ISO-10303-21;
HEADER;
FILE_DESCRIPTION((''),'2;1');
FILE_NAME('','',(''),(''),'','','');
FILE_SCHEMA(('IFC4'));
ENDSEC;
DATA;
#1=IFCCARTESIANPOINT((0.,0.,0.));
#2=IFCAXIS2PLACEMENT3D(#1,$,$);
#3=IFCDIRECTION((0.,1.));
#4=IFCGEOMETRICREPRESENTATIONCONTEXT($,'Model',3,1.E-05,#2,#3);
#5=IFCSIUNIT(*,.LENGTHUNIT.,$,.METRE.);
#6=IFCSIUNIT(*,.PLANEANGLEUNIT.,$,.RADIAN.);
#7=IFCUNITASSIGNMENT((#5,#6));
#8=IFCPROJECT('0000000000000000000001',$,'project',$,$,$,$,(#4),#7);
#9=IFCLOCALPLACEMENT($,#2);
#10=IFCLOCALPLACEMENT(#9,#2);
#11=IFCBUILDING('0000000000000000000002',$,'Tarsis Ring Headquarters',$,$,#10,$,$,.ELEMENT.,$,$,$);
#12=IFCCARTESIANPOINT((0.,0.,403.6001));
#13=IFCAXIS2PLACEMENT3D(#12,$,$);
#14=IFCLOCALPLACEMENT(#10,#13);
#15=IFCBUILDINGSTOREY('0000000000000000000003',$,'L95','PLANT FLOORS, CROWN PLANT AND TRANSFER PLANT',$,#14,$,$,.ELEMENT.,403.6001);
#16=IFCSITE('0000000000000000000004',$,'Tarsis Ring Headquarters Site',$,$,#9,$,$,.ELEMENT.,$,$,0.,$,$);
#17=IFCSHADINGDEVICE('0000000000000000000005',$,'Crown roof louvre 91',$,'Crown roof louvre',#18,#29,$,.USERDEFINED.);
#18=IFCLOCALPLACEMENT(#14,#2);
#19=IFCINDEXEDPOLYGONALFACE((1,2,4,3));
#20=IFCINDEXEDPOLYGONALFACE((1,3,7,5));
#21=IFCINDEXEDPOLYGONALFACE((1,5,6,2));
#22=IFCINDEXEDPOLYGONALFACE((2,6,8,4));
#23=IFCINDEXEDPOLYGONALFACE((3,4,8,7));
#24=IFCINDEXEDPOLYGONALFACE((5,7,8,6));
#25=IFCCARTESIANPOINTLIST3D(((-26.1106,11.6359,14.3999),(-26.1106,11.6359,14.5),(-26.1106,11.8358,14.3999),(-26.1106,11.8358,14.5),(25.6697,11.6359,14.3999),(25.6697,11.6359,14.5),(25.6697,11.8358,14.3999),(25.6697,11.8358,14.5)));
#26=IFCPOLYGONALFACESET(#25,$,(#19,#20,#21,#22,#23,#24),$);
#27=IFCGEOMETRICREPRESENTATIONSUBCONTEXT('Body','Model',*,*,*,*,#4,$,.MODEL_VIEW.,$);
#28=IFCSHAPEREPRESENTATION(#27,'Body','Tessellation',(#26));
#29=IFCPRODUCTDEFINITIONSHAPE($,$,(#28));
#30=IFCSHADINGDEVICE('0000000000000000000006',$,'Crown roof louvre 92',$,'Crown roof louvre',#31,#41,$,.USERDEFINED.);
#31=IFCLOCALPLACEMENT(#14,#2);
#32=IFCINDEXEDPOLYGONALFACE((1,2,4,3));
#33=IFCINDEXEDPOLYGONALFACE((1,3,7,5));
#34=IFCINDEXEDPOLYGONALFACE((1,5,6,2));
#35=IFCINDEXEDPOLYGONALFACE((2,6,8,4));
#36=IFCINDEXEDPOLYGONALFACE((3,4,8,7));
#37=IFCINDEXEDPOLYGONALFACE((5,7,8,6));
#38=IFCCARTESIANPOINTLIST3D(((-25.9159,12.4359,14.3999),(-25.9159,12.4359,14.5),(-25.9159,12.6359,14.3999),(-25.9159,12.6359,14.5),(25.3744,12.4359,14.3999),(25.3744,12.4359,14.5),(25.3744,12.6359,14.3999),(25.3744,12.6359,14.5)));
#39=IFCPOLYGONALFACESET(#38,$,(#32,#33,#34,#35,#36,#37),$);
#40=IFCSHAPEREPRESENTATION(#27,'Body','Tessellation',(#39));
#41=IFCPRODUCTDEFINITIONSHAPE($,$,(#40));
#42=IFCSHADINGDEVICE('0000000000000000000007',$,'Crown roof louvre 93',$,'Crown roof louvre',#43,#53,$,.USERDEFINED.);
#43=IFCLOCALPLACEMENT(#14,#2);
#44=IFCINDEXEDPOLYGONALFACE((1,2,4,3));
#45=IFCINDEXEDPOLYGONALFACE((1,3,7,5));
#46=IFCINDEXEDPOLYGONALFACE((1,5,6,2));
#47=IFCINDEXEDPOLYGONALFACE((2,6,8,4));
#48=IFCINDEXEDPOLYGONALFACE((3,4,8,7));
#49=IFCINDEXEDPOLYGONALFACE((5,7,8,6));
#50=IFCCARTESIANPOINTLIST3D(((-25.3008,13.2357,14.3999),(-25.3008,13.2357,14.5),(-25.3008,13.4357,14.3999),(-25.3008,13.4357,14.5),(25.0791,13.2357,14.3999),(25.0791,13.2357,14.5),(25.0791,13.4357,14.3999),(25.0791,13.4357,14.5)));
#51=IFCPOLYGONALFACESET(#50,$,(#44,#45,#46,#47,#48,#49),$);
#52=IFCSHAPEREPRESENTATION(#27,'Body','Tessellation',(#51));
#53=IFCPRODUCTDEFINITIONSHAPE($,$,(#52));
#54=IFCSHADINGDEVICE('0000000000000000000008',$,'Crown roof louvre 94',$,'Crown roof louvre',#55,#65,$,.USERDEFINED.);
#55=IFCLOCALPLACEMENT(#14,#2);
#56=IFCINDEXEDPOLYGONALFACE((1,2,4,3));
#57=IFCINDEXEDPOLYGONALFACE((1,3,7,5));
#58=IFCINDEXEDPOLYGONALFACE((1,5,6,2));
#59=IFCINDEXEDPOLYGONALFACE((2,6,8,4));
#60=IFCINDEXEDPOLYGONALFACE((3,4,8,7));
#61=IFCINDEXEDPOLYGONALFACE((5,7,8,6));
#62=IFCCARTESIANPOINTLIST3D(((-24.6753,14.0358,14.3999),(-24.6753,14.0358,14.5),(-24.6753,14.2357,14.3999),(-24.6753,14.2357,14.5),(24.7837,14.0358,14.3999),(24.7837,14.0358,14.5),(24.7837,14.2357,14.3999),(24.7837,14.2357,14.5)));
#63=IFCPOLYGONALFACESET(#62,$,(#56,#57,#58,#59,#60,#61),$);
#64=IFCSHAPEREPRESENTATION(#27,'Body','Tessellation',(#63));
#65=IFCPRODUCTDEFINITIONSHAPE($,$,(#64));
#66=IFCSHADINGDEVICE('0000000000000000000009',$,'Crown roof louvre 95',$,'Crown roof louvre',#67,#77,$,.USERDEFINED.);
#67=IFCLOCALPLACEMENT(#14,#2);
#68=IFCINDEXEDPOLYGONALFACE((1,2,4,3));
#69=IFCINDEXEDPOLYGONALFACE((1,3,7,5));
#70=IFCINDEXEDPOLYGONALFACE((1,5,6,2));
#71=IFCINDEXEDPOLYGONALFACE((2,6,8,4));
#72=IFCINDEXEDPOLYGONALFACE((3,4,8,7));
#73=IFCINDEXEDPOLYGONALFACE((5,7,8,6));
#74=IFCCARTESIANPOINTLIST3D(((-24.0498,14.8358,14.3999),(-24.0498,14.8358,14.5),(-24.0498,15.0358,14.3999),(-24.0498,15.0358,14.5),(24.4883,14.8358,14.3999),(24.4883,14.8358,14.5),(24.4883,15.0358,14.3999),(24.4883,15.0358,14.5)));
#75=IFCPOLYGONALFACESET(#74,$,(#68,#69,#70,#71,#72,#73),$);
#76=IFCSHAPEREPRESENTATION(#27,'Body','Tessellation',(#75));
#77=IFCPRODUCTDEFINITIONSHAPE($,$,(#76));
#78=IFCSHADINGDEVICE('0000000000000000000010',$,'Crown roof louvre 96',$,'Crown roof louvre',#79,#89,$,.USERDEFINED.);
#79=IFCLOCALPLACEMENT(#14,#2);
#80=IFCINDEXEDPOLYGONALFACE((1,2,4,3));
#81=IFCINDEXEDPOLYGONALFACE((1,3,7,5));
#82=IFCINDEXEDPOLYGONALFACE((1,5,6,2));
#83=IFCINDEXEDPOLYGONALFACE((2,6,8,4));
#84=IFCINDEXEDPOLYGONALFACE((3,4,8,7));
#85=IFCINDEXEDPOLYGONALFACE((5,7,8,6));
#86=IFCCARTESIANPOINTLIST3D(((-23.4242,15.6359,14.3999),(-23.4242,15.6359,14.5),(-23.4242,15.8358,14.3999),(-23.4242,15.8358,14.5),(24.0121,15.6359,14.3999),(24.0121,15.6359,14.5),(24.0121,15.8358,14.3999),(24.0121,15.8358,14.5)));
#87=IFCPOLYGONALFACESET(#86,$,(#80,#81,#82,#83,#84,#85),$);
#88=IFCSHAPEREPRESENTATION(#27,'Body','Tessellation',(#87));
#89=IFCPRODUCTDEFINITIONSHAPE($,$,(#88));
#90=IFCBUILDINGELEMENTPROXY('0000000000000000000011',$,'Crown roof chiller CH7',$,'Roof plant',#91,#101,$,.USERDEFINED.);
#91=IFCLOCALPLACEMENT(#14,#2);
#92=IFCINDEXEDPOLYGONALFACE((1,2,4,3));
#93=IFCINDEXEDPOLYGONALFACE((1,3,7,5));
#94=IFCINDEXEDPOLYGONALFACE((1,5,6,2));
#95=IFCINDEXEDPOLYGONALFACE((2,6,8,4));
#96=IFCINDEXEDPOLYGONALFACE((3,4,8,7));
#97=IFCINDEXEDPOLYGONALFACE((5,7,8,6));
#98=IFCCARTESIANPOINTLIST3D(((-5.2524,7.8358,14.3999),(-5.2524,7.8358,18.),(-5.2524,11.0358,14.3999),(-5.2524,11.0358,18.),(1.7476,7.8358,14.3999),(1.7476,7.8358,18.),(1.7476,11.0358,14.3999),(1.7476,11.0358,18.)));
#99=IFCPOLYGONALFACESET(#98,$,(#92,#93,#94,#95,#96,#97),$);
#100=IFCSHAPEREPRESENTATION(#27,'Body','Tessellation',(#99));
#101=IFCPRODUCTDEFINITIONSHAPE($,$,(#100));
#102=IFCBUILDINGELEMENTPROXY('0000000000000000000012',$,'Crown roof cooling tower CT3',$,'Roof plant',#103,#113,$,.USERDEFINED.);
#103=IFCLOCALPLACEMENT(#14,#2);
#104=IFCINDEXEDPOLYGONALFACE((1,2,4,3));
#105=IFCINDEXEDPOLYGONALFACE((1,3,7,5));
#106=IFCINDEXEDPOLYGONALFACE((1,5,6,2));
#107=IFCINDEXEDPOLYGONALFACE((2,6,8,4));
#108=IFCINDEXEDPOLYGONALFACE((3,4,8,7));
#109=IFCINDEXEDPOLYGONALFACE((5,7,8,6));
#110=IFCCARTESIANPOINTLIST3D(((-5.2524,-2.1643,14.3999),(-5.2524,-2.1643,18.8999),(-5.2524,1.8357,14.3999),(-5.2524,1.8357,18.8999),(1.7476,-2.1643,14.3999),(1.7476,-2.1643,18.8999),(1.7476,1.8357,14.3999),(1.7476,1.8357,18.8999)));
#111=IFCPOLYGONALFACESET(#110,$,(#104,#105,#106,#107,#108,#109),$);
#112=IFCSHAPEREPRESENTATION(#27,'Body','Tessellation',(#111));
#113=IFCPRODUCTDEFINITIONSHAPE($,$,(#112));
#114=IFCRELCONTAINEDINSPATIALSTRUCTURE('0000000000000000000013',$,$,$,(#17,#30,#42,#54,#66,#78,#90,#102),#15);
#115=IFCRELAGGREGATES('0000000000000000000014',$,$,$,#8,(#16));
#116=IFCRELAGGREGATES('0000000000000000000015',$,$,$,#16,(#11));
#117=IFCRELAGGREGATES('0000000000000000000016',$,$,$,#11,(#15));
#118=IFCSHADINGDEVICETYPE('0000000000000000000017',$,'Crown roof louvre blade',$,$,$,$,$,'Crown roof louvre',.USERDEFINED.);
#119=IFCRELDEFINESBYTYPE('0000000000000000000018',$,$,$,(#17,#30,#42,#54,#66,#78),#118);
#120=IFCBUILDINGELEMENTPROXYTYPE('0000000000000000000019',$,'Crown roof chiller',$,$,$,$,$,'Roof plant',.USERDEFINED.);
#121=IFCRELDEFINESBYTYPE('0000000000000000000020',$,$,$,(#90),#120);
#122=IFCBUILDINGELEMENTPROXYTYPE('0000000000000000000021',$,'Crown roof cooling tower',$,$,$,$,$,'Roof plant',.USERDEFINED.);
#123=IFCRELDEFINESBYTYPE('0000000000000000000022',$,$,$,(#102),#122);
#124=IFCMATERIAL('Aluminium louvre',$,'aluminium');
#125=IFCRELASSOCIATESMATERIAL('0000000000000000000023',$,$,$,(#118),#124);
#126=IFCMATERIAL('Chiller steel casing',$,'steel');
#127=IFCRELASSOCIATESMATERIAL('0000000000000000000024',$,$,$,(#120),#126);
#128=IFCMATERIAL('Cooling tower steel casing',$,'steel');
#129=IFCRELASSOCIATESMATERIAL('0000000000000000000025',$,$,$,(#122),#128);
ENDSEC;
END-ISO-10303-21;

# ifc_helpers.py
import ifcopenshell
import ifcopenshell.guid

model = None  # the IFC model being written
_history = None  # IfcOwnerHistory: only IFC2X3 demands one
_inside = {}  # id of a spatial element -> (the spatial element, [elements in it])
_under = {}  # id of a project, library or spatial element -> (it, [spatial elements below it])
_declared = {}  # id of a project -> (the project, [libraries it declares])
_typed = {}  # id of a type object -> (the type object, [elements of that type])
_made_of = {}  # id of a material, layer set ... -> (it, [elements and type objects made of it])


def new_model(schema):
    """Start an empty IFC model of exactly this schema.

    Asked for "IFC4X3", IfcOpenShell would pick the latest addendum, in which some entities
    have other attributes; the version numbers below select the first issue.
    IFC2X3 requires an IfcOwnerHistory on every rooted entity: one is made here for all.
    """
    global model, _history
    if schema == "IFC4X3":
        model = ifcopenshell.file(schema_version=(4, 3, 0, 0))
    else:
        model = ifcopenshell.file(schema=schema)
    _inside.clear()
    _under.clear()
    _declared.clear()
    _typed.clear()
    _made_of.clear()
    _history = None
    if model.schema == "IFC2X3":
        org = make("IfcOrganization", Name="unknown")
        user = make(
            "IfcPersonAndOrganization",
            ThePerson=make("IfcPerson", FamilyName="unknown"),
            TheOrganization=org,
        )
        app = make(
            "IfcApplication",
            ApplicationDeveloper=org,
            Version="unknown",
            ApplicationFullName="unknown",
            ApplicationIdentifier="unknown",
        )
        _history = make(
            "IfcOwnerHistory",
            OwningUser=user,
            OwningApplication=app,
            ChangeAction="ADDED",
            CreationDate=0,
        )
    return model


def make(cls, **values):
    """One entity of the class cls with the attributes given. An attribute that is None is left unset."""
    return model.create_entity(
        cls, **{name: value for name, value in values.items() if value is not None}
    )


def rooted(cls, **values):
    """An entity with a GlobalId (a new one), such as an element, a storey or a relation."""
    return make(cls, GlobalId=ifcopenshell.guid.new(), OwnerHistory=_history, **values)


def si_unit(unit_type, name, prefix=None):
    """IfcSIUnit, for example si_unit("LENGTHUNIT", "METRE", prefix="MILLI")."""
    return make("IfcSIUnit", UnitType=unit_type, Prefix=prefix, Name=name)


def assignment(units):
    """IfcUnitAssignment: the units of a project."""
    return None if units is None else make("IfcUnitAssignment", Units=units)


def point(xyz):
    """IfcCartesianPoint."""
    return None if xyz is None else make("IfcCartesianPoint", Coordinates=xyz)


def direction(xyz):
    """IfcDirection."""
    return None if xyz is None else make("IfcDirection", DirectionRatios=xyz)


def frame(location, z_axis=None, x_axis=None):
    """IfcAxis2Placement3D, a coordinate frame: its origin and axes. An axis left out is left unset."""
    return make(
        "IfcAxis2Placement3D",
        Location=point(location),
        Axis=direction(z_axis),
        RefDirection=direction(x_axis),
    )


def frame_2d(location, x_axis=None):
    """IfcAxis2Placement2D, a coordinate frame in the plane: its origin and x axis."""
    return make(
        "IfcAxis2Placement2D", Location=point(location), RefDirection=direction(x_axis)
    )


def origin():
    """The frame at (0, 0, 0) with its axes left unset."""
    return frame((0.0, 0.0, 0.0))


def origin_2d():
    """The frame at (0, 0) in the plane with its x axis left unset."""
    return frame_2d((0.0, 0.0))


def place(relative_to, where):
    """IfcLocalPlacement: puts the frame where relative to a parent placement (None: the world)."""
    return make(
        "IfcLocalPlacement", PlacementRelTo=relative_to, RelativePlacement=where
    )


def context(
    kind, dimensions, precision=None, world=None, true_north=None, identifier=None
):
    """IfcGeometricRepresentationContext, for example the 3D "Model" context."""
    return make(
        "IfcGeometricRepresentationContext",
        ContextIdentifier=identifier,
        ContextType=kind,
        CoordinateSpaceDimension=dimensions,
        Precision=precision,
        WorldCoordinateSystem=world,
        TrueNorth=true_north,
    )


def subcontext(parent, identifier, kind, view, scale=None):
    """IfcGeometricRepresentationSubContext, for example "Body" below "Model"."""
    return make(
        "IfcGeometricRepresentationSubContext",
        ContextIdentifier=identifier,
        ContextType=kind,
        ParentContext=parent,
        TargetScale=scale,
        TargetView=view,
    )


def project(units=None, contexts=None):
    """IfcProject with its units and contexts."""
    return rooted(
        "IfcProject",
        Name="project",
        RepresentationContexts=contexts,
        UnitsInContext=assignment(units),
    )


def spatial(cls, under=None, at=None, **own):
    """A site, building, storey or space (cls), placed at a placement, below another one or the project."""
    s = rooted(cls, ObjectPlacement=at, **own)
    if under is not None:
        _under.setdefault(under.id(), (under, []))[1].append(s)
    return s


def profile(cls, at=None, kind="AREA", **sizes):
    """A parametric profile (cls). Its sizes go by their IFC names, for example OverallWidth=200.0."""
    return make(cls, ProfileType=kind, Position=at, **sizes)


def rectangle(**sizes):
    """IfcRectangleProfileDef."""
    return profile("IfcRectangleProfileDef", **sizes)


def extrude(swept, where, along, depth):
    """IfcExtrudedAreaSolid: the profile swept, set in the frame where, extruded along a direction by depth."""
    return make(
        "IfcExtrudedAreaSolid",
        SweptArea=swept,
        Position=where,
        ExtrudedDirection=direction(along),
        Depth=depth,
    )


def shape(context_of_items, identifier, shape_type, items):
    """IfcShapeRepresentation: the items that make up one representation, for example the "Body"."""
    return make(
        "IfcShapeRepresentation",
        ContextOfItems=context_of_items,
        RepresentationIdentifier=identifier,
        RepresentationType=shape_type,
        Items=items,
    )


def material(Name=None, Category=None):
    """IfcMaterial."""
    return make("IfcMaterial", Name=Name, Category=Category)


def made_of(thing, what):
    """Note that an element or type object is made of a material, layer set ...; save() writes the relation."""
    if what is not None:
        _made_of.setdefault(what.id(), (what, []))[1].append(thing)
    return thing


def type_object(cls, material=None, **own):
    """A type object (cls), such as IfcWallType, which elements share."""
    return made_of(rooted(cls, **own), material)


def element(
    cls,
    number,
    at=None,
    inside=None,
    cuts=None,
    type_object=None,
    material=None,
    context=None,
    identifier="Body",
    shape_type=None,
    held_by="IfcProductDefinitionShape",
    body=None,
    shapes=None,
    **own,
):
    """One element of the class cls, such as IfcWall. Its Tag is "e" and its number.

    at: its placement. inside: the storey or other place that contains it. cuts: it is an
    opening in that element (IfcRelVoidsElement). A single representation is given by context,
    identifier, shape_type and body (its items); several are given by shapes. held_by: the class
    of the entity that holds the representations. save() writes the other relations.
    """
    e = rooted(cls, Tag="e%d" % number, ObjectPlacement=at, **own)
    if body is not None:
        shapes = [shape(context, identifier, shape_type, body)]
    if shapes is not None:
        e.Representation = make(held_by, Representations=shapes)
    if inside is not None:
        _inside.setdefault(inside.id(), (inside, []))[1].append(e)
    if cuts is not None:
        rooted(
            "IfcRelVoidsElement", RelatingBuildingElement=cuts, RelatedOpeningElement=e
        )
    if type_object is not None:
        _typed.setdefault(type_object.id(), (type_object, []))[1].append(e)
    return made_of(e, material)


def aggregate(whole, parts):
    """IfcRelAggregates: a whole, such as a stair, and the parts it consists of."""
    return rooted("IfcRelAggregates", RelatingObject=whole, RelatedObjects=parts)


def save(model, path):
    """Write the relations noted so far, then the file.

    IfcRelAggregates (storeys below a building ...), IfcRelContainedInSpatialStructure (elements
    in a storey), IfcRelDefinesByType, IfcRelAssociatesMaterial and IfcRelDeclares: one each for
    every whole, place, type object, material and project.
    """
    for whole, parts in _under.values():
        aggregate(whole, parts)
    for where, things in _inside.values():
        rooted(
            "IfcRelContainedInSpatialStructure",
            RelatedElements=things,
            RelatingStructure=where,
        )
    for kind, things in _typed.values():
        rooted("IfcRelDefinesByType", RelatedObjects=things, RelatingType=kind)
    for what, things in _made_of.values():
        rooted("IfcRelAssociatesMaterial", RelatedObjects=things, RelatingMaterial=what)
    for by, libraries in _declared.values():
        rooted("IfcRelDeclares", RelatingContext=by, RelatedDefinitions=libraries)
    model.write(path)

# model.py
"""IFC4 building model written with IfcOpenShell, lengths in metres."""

from ifc_helpers import new_model, si_unit, direction, frame, origin, origin_2d, place, context, subcontext, project, spatial, rectangle, extrude, material, type_object, element, save


model = new_model("IFC4")

# Units and contexts
model_context = context("Model", 3, precision=1e-05, world=origin(), true_north=direction((0.0, 1.0)))
body_context = subcontext(model_context, "Body", "Model", "MODEL_VIEW")
ifc_project = project(units=[si_unit("LENGTHUNIT", "METRE"), si_unit("PLANEANGLEUNIT", "RADIAN")], contexts=[model_context])

# Site, building, storey
site_placement = place(None, origin())
site = spatial("IfcSite", under=ifc_project, at=site_placement, Name="Tarsis Ring Headquarters Site", CompositionType="ELEMENT", RefElevation=0.0)
building_placement = place(site_placement, origin())
building = spatial("IfcBuilding", under=site, at=building_placement, Name="Tarsis Ring Headquarters", CompositionType="ELEMENT")
storey_placement = place(building_placement, frame((0.0, 0.0, 403.6001)))
storey = spatial("IfcBuildingStorey", under=building, at=storey_placement, Name="L95", Description="PLANT FLOORS, CROWN PLANT AND TRANSFER PLANT", CompositionType="ELEMENT", Elevation=403.6001)

# Shading devices
ifc_material_1 = material(Name="Aluminium louvre", Category="aluminium")
shading_device_type = type_object("IfcShadingDeviceType", Name="Crown roof louvre blade", ElementType="Crown roof louvre", PredefinedType="USERDEFINED", material=ifc_material_1)
shading_device_1_placement = place(storey_placement, frame((-0.2205, 11.7358, 14.3999), z_axis=(0.0, 0.0, 1.0), x_axis=(1.0, 0.0, 0.0)))
element("IfcShadingDevice", 1, at=shading_device_1_placement, inside=storey, type_object=shading_device_type, Name="Crown roof louvre 91", ObjectType="Crown roof louvre", PredefinedType="USERDEFINED", context=body_context, shape_type="SweptSolid", body=[
    extrude(rectangle(XDim=51.7803, YDim=0.2, at=origin_2d()), origin(), (0.0, 0.0, 1.0), 0.1001),
])
shading_device_2_placement = place(storey_placement, frame((-0.2708, 12.5359, 14.3999), z_axis=(0.0, 0.0, 1.0), x_axis=(1.0, 0.0, 0.0)))
element("IfcShadingDevice", 2, at=shading_device_2_placement, inside=storey, type_object=shading_device_type, Name="Crown roof louvre 92", ObjectType="Crown roof louvre", PredefinedType="USERDEFINED", context=body_context, shape_type="SweptSolid", body=[
    extrude(rectangle(XDim=51.2903, YDim=0.2, at=origin_2d()), origin(), (0.0, 0.0, 1.0), 0.1001),
])
shading_device_3_placement = place(storey_placement, frame((-0.1108, 13.3357, 14.3999), z_axis=(0.0, 0.0, 1.0), x_axis=(1.0, 0.0, 0.0)))
element("IfcShadingDevice", 3, at=shading_device_3_placement, inside=storey, type_object=shading_device_type, Name="Crown roof louvre 93", ObjectType="Crown roof louvre", PredefinedType="USERDEFINED", context=body_context, shape_type="SweptSolid", body=[
    extrude(rectangle(XDim=50.3799, YDim=0.2, at=origin_2d()), origin(), (0.0, 0.0, 1.0), 0.1001),
])
shading_device_4_placement = place(storey_placement, frame((0.0542, 14.1357, 14.3999), z_axis=(0.0, 0.0, 1.0), x_axis=(1.0, 0.0, 0.0)))
element("IfcShadingDevice", 4, at=shading_device_4_placement, inside=storey, type_object=shading_device_type, Name="Crown roof louvre 94", ObjectType="Crown roof louvre", PredefinedType="USERDEFINED", context=body_context, shape_type="SweptSolid", body=[
    extrude(rectangle(XDim=49.459, YDim=0.2, at=origin_2d()), origin(), (0.0, 0.0, 1.0), 0.1001),
])
shading_device_5_placement = place(storey_placement, frame((0.2192, 14.9358, 14.3999), z_axis=(0.0, 0.0, 1.0), x_axis=(1.0, 0.0, 0.0)))
element("IfcShadingDevice", 5, at=shading_device_5_placement, inside=storey, type_object=shading_device_type, Name="Crown roof louvre 95", ObjectType="Crown roof louvre", PredefinedType="USERDEFINED", context=body_context, shape_type="SweptSolid", body=[
    extrude(rectangle(XDim=48.5381, YDim=0.2, at=origin_2d()), origin(), (0.0, 0.0, 1.0), 0.1001),
])
shading_device_6_placement = place(storey_placement, frame((0.2939, 15.7358, 14.3999), z_axis=(0.0, 0.0, 1.0), x_axis=(1.0, 0.0, 0.0)))
element("IfcShadingDevice", 6, at=shading_device_6_placement, inside=storey, type_object=shading_device_type, Name="Crown roof louvre 96", ObjectType="Crown roof louvre", PredefinedType="USERDEFINED", context=body_context, shape_type="SweptSolid", body=[
    extrude(rectangle(XDim=47.4363, YDim=0.2, at=origin_2d()), origin(), (0.0, 0.0, 1.0), 0.1001),
])

# Building element proxies
ifc_material_2 = material(Name="Chiller steel casing", Category="steel")
building_element_proxy_type_1 = type_object("IfcBuildingElementProxyType", Name="Crown roof chiller", ElementType="Roof plant", PredefinedType="USERDEFINED", material=ifc_material_2)
proxy_1_placement = place(storey_placement, frame((-1.7524, 9.4358, 14.3999), z_axis=(0.0, 0.0, 1.0), x_axis=(1.0, 0.0, 0.0)))
element("IfcBuildingElementProxy", 7, at=proxy_1_placement, inside=storey, type_object=building_element_proxy_type_1, Name="Crown roof chiller CH7", ObjectType="Roof plant", PredefinedType="USERDEFINED", context=body_context, shape_type="SweptSolid", body=[
    extrude(rectangle(XDim=7.0, YDim=3.2, at=origin_2d()), origin(), (0.0, 0.0, 1.0), 3.6001),
])
ifc_material_3 = material(Name="Cooling tower steel casing", Category="steel")
building_element_proxy_type_2 = type_object("IfcBuildingElementProxyType", Name="Crown roof cooling tower", ElementType="Roof plant", PredefinedType="USERDEFINED", material=ifc_material_3)
proxy_2_placement = place(storey_placement, frame((-1.7524, -0.1643, 14.3999), z_axis=(0.0, 0.0, 1.0), x_axis=(1.0, 0.0, 0.0)))
element("IfcBuildingElementProxy", 8, at=proxy_2_placement, inside=storey, type_object=building_element_proxy_type_2, Name="Crown roof cooling tower CT3", ObjectType="Roof plant", PredefinedType="USERDEFINED", context=body_context, shape_type="SweptSolid", body=[
    extrude(rectangle(XDim=7.0, YDim=4.0, at=origin_2d()), origin(), (0.0, 0.0, 1.0), 4.5),
])

save(model, "model.ifc")
